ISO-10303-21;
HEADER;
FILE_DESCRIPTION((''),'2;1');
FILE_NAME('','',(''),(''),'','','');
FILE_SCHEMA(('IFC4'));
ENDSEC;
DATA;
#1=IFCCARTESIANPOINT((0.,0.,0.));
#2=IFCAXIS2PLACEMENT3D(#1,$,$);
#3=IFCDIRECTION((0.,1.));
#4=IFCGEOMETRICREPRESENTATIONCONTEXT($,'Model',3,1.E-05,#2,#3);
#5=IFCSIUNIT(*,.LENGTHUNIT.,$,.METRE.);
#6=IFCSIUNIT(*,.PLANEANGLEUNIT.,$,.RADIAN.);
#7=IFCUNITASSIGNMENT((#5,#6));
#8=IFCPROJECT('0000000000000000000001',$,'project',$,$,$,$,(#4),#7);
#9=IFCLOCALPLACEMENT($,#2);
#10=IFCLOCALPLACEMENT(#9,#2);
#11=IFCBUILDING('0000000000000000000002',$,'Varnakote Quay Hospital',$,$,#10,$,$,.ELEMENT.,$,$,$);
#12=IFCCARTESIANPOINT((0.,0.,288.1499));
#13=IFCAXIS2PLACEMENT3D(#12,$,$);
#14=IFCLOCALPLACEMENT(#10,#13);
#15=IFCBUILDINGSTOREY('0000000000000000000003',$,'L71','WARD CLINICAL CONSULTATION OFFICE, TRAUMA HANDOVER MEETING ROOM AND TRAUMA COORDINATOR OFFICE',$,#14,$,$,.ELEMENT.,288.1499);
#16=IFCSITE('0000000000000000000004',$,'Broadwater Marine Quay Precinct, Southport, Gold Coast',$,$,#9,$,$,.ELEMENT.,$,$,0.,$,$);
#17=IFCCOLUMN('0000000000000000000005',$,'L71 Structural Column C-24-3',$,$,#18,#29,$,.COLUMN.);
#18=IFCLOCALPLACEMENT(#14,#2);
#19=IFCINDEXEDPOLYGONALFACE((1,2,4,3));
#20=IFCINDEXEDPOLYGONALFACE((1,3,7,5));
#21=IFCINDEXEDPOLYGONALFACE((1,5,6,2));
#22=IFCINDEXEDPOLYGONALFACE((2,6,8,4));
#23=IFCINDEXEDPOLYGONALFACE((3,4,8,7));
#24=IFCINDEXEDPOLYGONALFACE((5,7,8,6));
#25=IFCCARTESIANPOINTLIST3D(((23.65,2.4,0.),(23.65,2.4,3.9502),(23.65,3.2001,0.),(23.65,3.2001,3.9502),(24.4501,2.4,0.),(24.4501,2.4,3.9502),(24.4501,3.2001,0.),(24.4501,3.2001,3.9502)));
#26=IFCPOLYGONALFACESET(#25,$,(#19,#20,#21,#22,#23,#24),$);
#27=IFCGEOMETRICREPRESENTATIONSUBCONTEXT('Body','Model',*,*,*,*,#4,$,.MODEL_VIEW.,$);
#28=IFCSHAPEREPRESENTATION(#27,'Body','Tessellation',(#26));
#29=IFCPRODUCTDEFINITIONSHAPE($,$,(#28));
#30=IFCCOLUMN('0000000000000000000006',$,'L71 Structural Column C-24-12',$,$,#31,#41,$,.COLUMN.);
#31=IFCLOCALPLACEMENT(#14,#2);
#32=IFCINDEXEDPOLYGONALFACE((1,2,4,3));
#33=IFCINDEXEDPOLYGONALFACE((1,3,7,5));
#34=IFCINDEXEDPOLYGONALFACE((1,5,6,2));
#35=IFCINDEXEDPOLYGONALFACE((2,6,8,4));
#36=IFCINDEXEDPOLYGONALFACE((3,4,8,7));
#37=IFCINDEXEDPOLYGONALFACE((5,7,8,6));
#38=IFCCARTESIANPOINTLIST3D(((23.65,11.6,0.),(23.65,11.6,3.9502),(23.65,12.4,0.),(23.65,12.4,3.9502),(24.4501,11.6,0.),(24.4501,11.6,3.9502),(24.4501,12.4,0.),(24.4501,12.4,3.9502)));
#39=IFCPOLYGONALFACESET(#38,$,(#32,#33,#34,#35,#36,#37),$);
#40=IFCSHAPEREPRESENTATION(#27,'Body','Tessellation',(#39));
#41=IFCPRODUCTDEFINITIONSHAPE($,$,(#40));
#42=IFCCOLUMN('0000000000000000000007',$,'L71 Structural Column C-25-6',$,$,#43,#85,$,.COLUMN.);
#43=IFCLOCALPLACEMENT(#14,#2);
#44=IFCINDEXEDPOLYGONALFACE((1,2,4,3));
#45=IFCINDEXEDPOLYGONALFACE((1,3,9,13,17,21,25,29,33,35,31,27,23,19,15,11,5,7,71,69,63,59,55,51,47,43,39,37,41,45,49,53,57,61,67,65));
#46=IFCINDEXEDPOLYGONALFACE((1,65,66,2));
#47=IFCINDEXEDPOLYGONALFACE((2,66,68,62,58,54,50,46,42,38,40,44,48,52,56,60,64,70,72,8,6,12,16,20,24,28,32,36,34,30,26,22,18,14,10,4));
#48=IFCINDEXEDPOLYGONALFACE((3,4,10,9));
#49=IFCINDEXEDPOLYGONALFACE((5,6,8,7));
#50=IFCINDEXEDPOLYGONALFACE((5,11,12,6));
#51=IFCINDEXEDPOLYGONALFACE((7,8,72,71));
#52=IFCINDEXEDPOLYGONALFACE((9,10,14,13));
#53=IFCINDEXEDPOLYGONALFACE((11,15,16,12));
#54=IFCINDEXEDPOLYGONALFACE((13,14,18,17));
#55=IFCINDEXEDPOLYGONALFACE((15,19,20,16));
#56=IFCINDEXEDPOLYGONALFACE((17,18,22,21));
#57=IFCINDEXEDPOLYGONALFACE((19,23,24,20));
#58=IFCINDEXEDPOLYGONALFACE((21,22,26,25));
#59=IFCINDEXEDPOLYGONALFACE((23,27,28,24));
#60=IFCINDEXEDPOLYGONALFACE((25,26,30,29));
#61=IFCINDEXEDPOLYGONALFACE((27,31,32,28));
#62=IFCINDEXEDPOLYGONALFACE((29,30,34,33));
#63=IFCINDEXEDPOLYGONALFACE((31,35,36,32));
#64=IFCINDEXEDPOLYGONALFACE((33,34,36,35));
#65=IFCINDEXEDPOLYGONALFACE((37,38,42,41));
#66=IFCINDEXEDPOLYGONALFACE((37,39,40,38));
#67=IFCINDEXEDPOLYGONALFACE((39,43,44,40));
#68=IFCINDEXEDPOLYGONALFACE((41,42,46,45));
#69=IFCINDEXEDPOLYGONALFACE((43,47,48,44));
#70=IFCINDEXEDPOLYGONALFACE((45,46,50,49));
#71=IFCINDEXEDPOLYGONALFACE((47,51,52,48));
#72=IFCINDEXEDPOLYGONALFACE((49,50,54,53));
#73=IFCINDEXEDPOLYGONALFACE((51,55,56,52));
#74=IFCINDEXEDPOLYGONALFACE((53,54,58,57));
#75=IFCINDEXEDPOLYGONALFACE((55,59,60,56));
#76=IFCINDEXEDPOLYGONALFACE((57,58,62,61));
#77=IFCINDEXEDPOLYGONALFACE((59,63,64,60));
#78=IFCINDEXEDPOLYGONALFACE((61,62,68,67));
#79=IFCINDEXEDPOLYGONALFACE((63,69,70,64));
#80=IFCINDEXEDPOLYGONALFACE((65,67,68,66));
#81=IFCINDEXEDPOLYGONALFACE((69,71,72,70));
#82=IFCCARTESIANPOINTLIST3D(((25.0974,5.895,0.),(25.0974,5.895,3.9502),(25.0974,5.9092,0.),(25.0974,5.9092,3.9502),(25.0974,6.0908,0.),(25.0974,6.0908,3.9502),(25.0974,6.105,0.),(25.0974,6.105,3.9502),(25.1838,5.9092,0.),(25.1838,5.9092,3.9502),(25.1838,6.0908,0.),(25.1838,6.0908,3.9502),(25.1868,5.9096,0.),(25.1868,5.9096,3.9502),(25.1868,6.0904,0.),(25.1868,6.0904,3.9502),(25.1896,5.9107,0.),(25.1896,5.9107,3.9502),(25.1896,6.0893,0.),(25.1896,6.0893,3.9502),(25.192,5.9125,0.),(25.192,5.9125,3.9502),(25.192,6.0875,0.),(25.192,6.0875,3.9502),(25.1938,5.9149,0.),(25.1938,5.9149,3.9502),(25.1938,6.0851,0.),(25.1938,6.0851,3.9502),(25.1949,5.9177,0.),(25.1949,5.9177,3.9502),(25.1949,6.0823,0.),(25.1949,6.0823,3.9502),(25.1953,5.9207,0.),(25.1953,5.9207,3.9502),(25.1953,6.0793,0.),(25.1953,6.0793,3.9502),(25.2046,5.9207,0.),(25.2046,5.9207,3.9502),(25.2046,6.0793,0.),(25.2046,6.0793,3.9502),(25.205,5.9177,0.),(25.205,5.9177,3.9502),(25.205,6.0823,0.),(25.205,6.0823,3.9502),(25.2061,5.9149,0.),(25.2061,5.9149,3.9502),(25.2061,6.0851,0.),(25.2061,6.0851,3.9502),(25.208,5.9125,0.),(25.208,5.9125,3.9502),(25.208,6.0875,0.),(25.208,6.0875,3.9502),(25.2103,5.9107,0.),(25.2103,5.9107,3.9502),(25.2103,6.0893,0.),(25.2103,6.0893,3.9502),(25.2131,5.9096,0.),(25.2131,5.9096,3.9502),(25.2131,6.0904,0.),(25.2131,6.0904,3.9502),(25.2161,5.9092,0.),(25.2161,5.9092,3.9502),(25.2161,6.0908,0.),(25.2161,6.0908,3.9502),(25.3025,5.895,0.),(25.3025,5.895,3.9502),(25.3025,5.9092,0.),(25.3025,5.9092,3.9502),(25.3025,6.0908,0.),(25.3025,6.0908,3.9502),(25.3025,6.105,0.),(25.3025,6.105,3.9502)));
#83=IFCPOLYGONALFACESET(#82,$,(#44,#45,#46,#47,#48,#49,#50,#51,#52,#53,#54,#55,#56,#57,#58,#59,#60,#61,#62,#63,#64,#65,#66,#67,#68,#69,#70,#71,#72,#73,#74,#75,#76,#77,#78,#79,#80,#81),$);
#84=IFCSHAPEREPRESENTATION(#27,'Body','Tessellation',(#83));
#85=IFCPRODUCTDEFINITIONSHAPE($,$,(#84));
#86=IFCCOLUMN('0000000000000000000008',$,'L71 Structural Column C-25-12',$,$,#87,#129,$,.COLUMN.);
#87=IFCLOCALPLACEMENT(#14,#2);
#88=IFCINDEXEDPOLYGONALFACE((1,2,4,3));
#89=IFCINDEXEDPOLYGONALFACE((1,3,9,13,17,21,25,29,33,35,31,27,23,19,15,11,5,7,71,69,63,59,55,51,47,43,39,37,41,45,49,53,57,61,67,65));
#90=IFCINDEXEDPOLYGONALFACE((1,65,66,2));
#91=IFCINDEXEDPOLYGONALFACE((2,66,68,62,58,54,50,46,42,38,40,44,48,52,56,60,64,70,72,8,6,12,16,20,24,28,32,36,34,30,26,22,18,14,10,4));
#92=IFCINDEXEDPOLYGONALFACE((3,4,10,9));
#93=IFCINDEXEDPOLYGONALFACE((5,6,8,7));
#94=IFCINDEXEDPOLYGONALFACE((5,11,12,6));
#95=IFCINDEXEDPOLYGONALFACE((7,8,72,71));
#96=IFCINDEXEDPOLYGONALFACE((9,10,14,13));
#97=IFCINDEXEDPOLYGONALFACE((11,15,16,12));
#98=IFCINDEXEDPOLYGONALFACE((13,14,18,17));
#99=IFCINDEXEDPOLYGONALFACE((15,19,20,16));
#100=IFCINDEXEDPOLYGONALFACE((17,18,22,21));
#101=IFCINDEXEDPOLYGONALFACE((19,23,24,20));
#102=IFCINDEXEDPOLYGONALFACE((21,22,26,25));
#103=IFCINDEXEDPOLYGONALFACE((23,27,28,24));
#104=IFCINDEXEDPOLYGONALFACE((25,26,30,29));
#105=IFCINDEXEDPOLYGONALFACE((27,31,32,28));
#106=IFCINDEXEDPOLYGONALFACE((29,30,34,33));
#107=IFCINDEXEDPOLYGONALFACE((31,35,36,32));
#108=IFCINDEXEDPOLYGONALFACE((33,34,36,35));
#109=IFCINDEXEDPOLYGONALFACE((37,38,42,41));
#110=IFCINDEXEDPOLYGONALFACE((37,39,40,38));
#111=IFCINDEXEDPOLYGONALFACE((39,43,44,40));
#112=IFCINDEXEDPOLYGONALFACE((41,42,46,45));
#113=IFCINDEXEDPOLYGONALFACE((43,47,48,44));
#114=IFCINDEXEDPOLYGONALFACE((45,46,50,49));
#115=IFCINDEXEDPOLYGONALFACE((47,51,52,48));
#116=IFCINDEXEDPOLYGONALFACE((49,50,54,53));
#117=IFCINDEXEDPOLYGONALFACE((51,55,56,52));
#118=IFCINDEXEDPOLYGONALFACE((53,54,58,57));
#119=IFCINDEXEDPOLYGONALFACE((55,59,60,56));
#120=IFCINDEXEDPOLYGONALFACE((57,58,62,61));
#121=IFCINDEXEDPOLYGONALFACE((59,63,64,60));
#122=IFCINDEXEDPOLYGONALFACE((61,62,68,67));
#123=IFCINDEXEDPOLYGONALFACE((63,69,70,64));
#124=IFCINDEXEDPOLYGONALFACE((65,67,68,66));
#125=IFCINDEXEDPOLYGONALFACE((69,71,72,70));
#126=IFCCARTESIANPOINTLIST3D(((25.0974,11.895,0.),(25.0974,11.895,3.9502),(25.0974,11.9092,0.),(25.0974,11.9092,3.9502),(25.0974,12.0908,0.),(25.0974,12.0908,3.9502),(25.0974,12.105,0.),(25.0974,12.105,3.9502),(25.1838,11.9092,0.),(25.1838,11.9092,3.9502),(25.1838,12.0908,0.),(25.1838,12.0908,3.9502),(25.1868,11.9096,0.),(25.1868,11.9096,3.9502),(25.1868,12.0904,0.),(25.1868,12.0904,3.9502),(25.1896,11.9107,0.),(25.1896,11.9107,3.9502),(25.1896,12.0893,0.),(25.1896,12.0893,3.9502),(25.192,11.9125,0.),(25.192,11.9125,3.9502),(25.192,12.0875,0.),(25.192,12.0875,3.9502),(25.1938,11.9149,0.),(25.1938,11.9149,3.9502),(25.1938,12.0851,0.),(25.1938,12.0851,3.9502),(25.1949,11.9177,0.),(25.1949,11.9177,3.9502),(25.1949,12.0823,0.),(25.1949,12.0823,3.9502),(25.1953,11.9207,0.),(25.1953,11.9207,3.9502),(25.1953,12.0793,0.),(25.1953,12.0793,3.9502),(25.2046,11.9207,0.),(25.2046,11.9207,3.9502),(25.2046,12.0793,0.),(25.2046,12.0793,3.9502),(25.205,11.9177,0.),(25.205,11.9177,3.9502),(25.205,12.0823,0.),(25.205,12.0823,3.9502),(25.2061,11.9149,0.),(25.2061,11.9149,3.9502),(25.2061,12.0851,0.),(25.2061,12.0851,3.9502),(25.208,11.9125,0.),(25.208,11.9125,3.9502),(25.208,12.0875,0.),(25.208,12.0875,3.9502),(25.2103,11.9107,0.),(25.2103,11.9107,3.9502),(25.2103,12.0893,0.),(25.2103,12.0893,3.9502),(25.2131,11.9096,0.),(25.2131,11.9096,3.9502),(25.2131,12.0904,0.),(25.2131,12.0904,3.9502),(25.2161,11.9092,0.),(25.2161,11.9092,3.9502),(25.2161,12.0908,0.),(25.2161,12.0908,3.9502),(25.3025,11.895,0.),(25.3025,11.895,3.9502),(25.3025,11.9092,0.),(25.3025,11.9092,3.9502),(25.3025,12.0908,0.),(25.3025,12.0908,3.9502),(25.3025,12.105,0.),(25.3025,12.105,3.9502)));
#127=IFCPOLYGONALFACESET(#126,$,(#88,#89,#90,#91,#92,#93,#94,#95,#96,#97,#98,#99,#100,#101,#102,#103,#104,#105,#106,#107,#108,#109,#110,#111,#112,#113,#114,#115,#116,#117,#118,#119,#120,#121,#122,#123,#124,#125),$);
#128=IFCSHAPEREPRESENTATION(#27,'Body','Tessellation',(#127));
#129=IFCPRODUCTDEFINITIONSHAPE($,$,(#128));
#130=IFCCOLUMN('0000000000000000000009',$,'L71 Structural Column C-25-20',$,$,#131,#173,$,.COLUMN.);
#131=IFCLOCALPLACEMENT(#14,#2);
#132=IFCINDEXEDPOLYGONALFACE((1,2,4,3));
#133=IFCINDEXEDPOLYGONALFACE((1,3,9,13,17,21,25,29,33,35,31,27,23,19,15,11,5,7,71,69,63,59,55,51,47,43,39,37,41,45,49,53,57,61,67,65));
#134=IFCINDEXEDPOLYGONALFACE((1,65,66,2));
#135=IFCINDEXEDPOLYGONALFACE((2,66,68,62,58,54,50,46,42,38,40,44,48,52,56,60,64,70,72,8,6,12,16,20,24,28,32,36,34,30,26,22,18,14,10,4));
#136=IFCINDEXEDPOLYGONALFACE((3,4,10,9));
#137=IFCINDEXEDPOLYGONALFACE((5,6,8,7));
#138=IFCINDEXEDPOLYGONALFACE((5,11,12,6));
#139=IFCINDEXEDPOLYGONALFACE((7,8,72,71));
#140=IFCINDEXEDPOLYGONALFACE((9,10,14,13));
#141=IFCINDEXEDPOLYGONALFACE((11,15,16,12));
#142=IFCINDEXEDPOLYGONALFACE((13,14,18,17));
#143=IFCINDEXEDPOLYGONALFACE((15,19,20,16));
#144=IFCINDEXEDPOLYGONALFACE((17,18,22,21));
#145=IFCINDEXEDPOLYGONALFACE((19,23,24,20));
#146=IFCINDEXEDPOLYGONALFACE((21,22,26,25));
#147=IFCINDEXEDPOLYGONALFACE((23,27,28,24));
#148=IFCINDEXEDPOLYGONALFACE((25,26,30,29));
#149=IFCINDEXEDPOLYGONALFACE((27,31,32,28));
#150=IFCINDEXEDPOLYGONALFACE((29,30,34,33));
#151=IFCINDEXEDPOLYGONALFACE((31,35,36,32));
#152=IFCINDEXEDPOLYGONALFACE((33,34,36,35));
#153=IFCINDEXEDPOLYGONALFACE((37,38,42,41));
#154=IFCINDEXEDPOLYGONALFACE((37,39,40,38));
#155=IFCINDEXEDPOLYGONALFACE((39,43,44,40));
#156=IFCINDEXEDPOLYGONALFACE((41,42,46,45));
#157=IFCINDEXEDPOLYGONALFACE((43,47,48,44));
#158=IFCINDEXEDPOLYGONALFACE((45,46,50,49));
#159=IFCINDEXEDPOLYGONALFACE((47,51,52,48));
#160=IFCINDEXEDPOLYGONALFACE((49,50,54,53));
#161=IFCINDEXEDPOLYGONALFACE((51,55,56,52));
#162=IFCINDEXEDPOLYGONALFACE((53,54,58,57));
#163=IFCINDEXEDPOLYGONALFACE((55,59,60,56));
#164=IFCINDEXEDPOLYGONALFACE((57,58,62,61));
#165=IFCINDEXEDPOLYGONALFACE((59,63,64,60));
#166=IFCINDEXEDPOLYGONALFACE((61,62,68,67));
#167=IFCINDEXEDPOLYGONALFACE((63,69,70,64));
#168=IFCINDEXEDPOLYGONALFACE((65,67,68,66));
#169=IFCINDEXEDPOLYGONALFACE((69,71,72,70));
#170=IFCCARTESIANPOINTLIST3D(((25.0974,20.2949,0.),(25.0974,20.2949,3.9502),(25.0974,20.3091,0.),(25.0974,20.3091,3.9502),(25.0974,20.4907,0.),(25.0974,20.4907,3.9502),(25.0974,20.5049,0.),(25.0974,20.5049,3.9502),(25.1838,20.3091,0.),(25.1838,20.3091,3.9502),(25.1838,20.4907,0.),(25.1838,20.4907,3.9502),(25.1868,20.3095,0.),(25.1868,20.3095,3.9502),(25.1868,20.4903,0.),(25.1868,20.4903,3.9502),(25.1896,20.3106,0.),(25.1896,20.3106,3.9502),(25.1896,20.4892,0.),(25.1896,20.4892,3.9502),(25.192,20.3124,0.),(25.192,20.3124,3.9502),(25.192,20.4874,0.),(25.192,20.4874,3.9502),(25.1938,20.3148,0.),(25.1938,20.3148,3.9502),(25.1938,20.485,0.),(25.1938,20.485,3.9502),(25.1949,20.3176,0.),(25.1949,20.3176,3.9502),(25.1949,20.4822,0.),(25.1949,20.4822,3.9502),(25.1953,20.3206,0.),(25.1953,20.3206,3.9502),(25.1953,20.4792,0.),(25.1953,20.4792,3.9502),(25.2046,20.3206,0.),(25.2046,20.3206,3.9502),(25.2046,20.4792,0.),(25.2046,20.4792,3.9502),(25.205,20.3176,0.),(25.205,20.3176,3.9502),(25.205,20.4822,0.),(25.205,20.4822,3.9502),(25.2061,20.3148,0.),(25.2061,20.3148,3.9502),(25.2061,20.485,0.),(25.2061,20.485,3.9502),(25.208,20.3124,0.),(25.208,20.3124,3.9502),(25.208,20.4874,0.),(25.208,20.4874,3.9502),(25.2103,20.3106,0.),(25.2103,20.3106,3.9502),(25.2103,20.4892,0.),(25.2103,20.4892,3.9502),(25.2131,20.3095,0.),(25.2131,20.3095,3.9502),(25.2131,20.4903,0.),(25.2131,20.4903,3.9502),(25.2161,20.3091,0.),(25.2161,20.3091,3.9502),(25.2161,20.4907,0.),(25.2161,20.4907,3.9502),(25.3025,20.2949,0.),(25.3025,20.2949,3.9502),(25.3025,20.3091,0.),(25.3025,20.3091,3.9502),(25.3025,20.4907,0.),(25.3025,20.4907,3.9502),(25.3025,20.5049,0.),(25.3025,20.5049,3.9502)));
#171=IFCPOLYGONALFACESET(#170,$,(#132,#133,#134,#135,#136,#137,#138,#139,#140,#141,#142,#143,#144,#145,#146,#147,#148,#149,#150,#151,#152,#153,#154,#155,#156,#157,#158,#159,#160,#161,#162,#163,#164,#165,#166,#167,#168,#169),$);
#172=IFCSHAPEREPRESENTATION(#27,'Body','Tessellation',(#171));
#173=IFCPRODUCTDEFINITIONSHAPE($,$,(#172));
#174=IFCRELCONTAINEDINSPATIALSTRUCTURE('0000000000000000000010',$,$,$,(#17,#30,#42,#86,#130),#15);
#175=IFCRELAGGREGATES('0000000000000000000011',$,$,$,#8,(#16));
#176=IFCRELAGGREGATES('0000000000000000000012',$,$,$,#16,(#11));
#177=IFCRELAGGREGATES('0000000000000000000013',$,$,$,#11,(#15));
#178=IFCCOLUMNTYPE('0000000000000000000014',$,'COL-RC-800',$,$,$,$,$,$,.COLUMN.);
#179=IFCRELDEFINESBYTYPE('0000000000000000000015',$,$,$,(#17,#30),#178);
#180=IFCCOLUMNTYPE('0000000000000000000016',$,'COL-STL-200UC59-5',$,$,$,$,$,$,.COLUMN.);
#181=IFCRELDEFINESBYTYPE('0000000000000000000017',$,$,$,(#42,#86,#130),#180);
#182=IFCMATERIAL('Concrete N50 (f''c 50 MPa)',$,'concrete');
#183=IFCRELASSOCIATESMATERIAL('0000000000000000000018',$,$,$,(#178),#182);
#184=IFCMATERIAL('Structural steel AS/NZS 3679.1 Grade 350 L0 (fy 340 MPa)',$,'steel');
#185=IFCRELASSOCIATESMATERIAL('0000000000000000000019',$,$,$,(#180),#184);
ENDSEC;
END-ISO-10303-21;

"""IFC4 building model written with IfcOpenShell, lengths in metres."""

from ifc_helpers import new_model, si_unit, direction, frame, origin, origin_2d, place, context, subcontext, project, spatial, rectangle, i_section, extrude, material, material_profile, profile_set, type_object, element, save


model = new_model("IFC4")

# Units and contexts
model_context = context("Model", 3, precision=1e-05, world=origin(), true_north=direction((0.0, 1.0)))
body_context = subcontext(model_context, "Body", "Model", "MODEL_VIEW")
ifc_project = project(units=[si_unit("LENGTHUNIT", "METRE"), si_unit("PLANEANGLEUNIT", "RADIAN")], contexts=[model_context])

# Site, building, storey
site_placement = place(None, origin())
site = spatial("IfcSite", under=ifc_project, at=site_placement, Name="Broadwater Marine Quay Precinct, Southport, Gold Coast", CompositionType="ELEMENT", RefElevation=0.0)
building_placement = place(site_placement, origin())
building = spatial("IfcBuilding", under=site, at=building_placement, Name="Varnakote Quay Hospital", CompositionType="ELEMENT")
storey_placement = place(building_placement, frame((0.0, 0.0, 288.1499)))
storey = spatial("IfcBuildingStorey", under=building, at=storey_placement, Name="L71", Description="WARD CLINICAL CONSULTATION OFFICE, TRAUMA HANDOVER MEETING ROOM AND TRAUMA COORDINATOR OFFICE", CompositionType="ELEMENT", Elevation=288.1499)

# Columns
ifc_material_1 = material(Name="Concrete N50 (f'c 50 MPa)", Category="concrete")
ifc_material_profile_1 = material_profile(ifc_material_1, rectangle(XDim=0.8, YDim=0.8, at=origin_2d()), Name="RC-COL-800x800")
ifc_profile_set_1 = profile_set([ifc_material_profile_1], Name="Concrete N50 (f'c 50 MPa)")
column_type_1 = type_object("IfcColumnType", Name="COL-RC-800", PredefinedType="COLUMN", material=ifc_profile_set_1)
for number, where, z_axis, x_axis, name in (
    (1, (24.05, 2.8, 0.0), (0.0, 0.0, 1.0), (1.0, 0.0, 0.0), "L71 Structural Column C-24-3"),
    (2, (24.05, 12.0, 0.0), (0.0, 0.0, 1.0), (1.0, 0.0, 0.0), "L71 Structural Column C-24-12"),
):
    element("IfcColumn", number, at=place(storey_placement, frame(where, z_axis=z_axis, x_axis=x_axis)), inside=storey, type_object=column_type_1, Name=name, PredefinedType="COLUMN", context=body_context, shape_type="SweptSolid", body=[
        extrude(rectangle(XDim=0.8, YDim=0.8, at=origin_2d()), origin(), (0.0, 0.0, 1.0), 3.9502),
    ])
ifc_material_2 = material(Name="Structural steel AS/NZS 3679.1 Grade 350 L0 (fy 340 MPa)", Category="steel")
ifc_material_profile_2 = material_profile(ifc_material_2, i_section(OverallWidth=0.2051, OverallDepth=0.21, WebThickness=0.0093, FlangeThickness=0.0142, FilletRadius=0.0115, at=origin_2d()), Name="200UC59.5")
ifc_profile_set_2 = profile_set([ifc_material_profile_2], Name="Structural steel AS/NZS 3679.1 Grade 350 L0 (fy 340 MPa)")
column_type_2 = type_object("IfcColumnType", Name="COL-STL-200UC59-5", PredefinedType="COLUMN", material=ifc_profile_set_2)
for number, where, z_axis, x_axis, name in (
    (3, (25.2, 6.0, 0.0), (0.0, 0.0, 1.0), (1.0, 0.0, 0.0), "L71 Structural Column C-25-6"),
    (4, (25.2, 12.0, 0.0), (0.0, 0.0, 1.0), (1.0, 0.0, 0.0), "L71 Structural Column C-25-12"),
    (5, (25.2, 20.3999, 0.0), (0.0, 0.0, 1.0), (1.0, 0.0, 0.0), "L71 Structural Column C-25-20"),
):
    element("IfcColumn", number, at=place(storey_placement, frame(where, z_axis=z_axis, x_axis=x_axis)), inside=storey, type_object=column_type_2, Name=name, PredefinedType="COLUMN", context=body_context, shape_type="SweptSolid", body=[
        extrude(i_section(OverallWidth=0.2051, OverallDepth=0.21, WebThickness=0.0093, FlangeThickness=0.0142, FilletRadius=0.0115, at=origin_2d()), origin(), (0.0, 0.0, 1.0), 3.9502),
    ])

save(model, "model.ifc")
